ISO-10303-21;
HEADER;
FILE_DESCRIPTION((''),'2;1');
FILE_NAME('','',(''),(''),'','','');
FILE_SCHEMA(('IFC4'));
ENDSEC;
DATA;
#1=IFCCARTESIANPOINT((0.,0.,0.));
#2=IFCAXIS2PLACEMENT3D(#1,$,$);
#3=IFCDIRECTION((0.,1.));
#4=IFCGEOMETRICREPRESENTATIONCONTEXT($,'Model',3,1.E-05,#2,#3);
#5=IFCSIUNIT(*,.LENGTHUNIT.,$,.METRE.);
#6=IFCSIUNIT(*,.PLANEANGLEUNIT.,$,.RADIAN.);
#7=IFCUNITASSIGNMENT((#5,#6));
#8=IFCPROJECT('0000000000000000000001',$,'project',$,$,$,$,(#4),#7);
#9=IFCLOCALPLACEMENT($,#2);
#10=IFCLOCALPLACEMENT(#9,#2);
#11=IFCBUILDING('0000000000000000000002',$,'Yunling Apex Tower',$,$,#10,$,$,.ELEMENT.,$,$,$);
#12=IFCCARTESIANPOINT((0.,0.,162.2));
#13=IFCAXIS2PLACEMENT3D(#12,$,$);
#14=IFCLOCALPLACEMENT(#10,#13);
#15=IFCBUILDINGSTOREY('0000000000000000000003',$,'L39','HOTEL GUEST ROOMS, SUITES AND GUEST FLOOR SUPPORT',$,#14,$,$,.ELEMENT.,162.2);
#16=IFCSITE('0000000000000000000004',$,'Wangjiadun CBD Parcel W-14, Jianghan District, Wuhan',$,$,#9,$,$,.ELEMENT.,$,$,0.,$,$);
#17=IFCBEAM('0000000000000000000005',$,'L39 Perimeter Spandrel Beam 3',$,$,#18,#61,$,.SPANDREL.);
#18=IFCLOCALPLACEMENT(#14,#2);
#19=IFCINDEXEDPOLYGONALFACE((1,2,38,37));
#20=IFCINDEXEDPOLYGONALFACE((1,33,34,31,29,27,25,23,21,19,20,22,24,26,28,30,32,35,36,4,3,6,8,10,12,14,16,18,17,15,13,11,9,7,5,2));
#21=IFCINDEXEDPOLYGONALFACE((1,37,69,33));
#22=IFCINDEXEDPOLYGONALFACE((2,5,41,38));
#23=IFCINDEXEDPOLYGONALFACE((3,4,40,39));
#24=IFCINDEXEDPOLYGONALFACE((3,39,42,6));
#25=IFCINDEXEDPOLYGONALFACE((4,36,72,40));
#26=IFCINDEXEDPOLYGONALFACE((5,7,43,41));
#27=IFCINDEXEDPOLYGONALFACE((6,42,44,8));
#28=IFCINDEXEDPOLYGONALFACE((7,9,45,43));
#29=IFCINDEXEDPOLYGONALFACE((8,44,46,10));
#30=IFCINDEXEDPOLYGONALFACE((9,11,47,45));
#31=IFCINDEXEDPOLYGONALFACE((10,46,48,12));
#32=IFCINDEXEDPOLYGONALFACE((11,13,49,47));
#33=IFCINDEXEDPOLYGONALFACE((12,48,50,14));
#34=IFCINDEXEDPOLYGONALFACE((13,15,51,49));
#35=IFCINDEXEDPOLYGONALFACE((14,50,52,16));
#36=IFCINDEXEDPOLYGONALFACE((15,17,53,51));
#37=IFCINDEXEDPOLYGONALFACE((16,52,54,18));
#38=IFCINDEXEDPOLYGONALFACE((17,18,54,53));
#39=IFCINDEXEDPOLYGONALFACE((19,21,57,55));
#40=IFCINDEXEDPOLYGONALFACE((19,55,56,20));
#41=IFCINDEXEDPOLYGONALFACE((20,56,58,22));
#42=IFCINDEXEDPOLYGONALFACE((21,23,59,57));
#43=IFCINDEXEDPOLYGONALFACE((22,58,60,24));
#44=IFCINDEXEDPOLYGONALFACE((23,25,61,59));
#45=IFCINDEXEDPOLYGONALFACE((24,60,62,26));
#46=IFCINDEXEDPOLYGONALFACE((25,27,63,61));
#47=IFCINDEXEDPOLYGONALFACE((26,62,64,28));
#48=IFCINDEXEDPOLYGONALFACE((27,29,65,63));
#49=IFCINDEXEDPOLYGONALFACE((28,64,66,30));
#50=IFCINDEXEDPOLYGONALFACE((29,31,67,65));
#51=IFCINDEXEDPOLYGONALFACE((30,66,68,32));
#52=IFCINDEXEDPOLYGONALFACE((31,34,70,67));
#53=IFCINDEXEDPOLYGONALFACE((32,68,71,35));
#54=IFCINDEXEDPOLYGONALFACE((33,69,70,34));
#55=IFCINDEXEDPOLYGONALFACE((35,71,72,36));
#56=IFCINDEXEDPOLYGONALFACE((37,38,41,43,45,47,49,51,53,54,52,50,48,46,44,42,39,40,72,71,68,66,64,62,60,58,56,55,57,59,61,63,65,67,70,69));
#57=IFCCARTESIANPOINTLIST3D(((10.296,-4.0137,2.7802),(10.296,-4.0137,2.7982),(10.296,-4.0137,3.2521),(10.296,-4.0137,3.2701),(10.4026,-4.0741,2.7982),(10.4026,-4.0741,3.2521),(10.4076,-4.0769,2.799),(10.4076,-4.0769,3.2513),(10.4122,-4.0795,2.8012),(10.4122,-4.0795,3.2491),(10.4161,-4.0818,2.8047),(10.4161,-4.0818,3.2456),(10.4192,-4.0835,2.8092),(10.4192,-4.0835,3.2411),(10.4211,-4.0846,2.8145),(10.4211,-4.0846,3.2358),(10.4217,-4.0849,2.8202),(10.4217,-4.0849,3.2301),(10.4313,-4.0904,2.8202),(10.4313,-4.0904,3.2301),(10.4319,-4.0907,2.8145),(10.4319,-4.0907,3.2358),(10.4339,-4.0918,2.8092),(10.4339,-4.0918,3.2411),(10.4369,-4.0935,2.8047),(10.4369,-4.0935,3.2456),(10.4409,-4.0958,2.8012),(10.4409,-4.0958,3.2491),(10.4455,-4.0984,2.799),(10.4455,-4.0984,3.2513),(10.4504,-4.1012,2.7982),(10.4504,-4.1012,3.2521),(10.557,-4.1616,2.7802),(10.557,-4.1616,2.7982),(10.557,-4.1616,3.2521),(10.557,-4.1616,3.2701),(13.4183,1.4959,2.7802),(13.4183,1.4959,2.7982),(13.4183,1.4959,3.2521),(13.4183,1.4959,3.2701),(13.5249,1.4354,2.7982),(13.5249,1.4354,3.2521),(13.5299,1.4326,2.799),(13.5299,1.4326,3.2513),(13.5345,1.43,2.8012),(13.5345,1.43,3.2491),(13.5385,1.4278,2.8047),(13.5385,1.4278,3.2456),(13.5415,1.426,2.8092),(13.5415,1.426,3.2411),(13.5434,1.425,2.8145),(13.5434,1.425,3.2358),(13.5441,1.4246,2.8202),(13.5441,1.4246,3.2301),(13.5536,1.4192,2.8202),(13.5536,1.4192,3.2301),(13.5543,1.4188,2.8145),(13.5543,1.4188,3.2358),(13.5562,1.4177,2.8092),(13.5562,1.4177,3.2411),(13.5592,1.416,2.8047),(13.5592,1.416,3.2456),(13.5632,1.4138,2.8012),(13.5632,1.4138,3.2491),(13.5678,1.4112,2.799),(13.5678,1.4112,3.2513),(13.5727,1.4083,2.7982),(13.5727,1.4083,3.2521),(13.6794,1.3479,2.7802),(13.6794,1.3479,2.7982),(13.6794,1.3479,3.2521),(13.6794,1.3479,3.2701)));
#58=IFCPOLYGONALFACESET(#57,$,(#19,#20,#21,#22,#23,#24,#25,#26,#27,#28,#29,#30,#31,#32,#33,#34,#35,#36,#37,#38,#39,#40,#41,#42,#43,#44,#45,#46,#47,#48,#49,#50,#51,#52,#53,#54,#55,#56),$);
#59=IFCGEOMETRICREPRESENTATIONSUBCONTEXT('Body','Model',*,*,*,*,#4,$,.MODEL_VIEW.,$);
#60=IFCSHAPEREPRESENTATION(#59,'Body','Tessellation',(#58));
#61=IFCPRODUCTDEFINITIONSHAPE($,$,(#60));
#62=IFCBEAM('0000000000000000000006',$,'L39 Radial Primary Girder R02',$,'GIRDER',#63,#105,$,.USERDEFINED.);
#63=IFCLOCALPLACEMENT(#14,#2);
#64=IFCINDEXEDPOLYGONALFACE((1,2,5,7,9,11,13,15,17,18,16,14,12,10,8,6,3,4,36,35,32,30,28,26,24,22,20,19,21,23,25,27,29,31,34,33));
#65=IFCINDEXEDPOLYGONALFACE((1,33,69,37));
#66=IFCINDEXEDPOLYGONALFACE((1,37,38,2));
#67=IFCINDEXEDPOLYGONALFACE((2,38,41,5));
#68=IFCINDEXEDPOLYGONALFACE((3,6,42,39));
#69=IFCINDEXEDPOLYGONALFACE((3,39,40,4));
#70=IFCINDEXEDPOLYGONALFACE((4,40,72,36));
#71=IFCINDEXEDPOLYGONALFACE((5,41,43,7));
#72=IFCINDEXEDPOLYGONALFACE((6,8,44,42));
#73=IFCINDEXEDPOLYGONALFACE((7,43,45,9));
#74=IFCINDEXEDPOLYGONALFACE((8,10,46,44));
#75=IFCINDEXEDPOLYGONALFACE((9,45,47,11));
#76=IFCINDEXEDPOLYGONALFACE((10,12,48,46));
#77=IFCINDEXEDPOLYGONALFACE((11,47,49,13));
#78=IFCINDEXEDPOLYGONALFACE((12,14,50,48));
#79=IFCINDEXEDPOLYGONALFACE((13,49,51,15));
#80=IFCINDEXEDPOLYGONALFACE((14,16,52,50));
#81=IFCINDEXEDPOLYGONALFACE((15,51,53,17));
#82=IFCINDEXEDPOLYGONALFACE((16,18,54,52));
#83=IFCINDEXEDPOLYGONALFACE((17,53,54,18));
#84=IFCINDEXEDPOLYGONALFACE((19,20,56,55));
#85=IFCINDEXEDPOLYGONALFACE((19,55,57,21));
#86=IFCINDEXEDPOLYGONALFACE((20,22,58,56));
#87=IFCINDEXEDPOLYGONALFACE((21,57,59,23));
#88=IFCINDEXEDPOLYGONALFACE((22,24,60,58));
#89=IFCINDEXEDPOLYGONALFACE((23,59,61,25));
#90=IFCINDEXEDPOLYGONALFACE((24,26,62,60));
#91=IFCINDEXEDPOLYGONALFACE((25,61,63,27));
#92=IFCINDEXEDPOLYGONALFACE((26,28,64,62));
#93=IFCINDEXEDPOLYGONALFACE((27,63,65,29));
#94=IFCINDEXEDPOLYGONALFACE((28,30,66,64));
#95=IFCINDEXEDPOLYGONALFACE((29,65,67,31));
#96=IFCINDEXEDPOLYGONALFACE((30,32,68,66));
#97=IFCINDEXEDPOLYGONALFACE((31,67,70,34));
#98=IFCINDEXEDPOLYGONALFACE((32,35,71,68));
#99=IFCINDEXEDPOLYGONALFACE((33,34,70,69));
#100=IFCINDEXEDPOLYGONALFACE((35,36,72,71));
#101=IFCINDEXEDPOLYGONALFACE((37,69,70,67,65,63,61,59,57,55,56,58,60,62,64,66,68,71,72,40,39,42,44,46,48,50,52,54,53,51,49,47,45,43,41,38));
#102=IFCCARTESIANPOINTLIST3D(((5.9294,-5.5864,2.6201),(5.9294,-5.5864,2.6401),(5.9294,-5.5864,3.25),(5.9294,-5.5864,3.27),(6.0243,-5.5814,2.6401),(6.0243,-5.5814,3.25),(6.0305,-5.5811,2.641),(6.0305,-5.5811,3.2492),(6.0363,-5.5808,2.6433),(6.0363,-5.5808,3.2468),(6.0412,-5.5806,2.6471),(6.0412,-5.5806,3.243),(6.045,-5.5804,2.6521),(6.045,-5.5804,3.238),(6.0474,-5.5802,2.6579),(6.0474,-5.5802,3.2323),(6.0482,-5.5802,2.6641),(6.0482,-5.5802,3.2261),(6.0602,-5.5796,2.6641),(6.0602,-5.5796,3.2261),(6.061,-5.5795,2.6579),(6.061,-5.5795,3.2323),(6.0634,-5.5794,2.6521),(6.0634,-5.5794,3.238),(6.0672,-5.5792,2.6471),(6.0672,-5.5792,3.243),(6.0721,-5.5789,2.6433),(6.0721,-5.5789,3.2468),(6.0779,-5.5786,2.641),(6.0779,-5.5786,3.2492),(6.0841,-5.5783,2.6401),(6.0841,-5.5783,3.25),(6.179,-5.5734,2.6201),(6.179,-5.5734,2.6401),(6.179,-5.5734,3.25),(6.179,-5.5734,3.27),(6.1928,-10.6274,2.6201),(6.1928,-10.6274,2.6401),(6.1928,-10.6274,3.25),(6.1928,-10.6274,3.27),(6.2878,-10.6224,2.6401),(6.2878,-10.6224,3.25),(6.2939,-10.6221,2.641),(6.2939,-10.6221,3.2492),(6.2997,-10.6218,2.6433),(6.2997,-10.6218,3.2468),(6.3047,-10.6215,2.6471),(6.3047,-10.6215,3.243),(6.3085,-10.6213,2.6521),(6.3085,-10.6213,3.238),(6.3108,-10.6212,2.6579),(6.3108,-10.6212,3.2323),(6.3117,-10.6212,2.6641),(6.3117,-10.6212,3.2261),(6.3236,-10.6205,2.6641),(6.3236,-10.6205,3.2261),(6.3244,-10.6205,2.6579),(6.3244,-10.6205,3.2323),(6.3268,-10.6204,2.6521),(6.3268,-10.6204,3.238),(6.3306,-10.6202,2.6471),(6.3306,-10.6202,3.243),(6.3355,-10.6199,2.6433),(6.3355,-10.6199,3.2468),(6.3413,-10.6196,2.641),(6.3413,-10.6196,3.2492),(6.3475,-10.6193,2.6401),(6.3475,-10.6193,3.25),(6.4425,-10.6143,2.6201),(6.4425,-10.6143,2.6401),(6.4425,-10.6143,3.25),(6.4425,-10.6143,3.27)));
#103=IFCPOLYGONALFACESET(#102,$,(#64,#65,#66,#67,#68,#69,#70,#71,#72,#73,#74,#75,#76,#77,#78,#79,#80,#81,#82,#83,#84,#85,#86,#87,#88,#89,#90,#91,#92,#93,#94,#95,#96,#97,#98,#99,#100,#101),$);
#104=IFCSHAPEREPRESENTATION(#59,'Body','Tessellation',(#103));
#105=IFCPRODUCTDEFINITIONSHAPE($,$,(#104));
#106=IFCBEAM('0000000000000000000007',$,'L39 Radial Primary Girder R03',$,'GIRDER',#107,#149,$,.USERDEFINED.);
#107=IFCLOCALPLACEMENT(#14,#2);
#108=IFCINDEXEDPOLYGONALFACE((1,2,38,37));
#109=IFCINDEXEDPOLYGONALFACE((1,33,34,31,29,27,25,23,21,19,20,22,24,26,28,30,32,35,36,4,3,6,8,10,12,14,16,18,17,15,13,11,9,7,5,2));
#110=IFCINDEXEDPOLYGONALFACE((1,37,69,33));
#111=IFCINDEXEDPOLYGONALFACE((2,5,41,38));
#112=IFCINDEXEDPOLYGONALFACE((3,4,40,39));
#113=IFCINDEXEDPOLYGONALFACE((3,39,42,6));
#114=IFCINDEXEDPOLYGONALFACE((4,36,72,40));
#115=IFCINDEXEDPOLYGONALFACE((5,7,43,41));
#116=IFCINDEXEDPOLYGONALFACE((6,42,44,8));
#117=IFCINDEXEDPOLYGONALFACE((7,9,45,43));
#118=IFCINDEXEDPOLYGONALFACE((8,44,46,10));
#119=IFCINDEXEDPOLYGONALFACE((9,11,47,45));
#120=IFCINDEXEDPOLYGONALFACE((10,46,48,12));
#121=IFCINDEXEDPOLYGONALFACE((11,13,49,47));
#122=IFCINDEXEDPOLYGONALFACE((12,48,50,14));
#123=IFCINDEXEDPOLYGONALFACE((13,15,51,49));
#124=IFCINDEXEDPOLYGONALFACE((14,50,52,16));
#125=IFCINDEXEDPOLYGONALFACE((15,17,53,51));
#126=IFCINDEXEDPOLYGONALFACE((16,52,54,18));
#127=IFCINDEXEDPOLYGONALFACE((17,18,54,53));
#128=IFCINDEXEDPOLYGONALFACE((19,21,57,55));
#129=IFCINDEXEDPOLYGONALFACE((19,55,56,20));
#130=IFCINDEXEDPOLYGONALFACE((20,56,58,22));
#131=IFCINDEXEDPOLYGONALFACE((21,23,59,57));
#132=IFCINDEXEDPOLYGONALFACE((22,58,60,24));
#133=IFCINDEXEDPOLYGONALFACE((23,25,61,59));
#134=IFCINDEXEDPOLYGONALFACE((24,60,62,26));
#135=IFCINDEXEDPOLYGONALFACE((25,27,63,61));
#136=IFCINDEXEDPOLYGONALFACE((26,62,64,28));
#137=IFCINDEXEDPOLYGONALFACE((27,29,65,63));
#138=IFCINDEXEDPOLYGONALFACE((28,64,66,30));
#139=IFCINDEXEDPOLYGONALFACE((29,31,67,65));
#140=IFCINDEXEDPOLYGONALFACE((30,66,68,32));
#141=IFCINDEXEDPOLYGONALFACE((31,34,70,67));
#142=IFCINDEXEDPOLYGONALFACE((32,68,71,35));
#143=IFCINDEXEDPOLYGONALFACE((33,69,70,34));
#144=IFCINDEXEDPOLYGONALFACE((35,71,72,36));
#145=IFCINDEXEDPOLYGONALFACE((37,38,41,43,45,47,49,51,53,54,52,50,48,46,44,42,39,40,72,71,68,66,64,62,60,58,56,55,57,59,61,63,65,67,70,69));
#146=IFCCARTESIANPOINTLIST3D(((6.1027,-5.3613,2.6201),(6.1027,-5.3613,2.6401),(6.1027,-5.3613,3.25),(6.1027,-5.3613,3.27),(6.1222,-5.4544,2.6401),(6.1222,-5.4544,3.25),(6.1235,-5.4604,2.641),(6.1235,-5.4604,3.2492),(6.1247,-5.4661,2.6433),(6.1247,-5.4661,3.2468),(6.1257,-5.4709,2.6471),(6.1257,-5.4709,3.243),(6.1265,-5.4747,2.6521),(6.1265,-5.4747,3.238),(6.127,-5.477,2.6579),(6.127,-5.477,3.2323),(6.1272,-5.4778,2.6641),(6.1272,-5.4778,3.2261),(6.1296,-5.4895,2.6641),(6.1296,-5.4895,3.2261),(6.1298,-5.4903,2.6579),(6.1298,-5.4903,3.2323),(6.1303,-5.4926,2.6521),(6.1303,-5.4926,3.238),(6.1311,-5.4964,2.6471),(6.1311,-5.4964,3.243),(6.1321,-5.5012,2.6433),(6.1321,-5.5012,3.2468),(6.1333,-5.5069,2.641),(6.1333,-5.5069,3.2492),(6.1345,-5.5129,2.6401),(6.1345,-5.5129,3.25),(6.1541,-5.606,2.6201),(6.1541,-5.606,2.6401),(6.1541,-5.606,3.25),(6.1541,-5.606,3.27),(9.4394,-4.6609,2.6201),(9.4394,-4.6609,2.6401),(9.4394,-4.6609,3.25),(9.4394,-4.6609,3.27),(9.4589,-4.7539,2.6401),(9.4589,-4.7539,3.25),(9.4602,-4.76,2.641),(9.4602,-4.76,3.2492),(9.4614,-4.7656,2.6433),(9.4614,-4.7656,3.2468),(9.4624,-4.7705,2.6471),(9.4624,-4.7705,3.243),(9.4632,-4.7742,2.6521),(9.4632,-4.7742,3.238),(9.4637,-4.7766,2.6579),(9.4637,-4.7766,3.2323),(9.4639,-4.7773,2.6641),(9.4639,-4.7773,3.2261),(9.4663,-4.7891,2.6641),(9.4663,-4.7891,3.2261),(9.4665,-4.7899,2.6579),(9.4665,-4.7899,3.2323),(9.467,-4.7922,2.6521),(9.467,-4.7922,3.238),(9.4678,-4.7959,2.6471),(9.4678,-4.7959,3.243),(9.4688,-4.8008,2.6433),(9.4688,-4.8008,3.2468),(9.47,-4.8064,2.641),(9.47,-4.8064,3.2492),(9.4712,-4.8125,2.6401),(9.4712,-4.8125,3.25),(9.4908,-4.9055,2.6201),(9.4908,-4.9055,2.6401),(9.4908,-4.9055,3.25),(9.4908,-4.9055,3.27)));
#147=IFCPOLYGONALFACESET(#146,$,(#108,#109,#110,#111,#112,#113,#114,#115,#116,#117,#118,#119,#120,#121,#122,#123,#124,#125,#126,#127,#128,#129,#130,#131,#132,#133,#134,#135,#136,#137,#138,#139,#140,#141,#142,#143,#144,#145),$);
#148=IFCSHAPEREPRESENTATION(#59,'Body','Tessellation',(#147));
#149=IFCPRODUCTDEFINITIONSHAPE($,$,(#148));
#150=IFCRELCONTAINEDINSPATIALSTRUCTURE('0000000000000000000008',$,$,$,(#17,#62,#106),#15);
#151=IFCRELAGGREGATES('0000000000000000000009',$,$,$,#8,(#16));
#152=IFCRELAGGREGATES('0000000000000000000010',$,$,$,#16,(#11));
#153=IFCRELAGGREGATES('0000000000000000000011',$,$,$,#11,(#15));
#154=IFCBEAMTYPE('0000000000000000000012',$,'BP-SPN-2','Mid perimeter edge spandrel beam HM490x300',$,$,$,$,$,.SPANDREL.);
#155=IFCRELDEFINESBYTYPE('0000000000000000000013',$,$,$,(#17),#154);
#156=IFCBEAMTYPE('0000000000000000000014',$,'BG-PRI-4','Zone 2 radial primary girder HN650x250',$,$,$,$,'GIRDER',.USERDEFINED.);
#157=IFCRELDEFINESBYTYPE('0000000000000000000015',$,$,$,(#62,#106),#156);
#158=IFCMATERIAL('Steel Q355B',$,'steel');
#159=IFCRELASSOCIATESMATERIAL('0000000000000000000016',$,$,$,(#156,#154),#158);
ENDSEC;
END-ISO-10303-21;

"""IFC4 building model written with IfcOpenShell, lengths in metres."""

from ifc_helpers import new_model, si_unit, direction, frame, origin, origin_2d, place, context, subcontext, project, spatial, i_section, extrude, source, transform, mapped, material, material_profile, profile_set, type_object, element, save


model = new_model("IFC4")

# Units and contexts
model_context = context("Model", 3, precision=1e-05, world=origin(), true_north=direction((0.0, 1.0)))
body_context = subcontext(model_context, "Body", "Model", "MODEL_VIEW")
ifc_project = project(units=[si_unit("LENGTHUNIT", "METRE"), si_unit("PLANEANGLEUNIT", "RADIAN")], contexts=[model_context])

# Site, building, storey
site_placement = place(None, origin())
site = spatial("IfcSite", under=ifc_project, at=site_placement, Name="Wangjiadun CBD Parcel W-14, Jianghan District, Wuhan", CompositionType="ELEMENT", RefElevation=0.0)
building_placement = place(site_placement, origin())
building = spatial("IfcBuilding", under=site, at=building_placement, Name="Yunling Apex Tower", CompositionType="ELEMENT")
storey_placement = place(building_placement, frame((0.0, 0.0, 162.2)))
storey = spatial("IfcBuildingStorey", under=building, at=storey_placement, Name="L39", Description="HOTEL GUEST ROOMS, SUITES AND GUEST FLOOR SUPPORT", CompositionType="ELEMENT", Elevation=162.2)

# Beams
ifc_material_1 = material(Name="Steel Q355B", Category="steel")
ifc_material_profile_1 = material_profile(ifc_material_1, i_section(OverallWidth=0.25, OverallDepth=0.6499, WebThickness=0.012, FlangeThickness=0.02, FilletRadius=0.0239, at=origin_2d()))
ifc_profile_set_1 = profile_set([ifc_material_profile_1], Name="Steel Q355B")
beam_type_1 = type_object("IfcBeamType", Name="BG-PRI-4", Description="Zone 2 radial primary girder HN650x250", ElementType="GIRDER", PredefinedType="USERDEFINED", material=ifc_profile_set_1)
ifc_material_profile_2 = material_profile(ifc_material_1, i_section(OverallWidth=0.3, OverallDepth=0.49, WebThickness=0.011, FlangeThickness=0.0181, FilletRadius=0.022, at=origin_2d()))
ifc_profile_set_2 = profile_set([ifc_material_profile_2], Name="Steel Q355B")
beam_type_2 = type_object("IfcBeamType", Name="BP-SPN-2", Description="Mid perimeter edge spandrel beam HM490x300", PredefinedType="SPANDREL", material=ifc_profile_set_2)
shared_shape_1 = source(origin(), body_context, "Body", "SweptSolid", [
    extrude(i_section(OverallWidth=0.3, OverallDepth=0.49, WebThickness=0.011, FlangeThickness=0.0181, FilletRadius=0.022, at=origin_2d()), origin(), (0.0, 0.0, 1.0), 6.3328),
])
beam_1_placement = place(storey_placement, frame((10.4265, -4.0876, 3.0251), z_axis=(0.493043, 0.870005, 0.0), x_axis=(-0.870005, 0.493043, 0.0)))
element("IfcBeam", 1, at=beam_1_placement, inside=storey, type_object=beam_type_2, Name="L39 Perimeter Spandrel Beam 3", PredefinedType="SPANDREL", context=body_context, shape_type="MappedRepresentation", body=[
    mapped(shared_shape_1, transform((0.0, 0.0, 0.0), scale=1.0)),
])
shared_shape_2 = source(origin(), body_context, "Body", "SweptSolid", [
    extrude(i_section(OverallWidth=0.25, OverallDepth=0.6499, WebThickness=0.012, FlangeThickness=0.02, FilletRadius=0.0239, at=origin_2d()), origin(), (0.0, 0.0, 1.0), 5.0479),
])
beam_2_placement = place(storey_placement, frame((6.3176, -10.6208, 2.9451), z_axis=(-0.052186, 0.998637, 0.0), x_axis=(-0.998637, -0.052186, 0.0)))
element("IfcBeam", 2, at=beam_2_placement, inside=storey, type_object=beam_type_1, Name="L39 Radial Primary Girder R02", ObjectType="GIRDER", PredefinedType="USERDEFINED", context=body_context, shape_type="MappedRepresentation", body=[
    mapped(shared_shape_2, transform((0.0, 0.0, 0.0), scale=1.0)),
])
shared_shape_3 = source(origin(), body_context, "Body", "SweptSolid", [
    extrude(i_section(OverallWidth=0.25, OverallDepth=0.6499, WebThickness=0.012, FlangeThickness=0.02, FilletRadius=0.0239, at=origin_2d()), origin(), (0.0, 0.0, 1.0), 3.4094),
])
beam_3_placement = place(storey_placement, frame((9.4651, -4.7832, 2.9451), z_axis=(-0.978669, -0.205444, 0.0), x_axis=(0.205444, -0.978669, 0.0)))
element("IfcBeam", 3, at=beam_3_placement, inside=storey, type_object=beam_type_1, Name="L39 Radial Primary Girder R03", ObjectType="GIRDER", PredefinedType="USERDEFINED", context=body_context, shape_type="MappedRepresentation", body=[
    mapped(shared_shape_3, transform((0.0, 0.0, 0.0), scale=1.0)),
])

save(model, "model.ifc")
